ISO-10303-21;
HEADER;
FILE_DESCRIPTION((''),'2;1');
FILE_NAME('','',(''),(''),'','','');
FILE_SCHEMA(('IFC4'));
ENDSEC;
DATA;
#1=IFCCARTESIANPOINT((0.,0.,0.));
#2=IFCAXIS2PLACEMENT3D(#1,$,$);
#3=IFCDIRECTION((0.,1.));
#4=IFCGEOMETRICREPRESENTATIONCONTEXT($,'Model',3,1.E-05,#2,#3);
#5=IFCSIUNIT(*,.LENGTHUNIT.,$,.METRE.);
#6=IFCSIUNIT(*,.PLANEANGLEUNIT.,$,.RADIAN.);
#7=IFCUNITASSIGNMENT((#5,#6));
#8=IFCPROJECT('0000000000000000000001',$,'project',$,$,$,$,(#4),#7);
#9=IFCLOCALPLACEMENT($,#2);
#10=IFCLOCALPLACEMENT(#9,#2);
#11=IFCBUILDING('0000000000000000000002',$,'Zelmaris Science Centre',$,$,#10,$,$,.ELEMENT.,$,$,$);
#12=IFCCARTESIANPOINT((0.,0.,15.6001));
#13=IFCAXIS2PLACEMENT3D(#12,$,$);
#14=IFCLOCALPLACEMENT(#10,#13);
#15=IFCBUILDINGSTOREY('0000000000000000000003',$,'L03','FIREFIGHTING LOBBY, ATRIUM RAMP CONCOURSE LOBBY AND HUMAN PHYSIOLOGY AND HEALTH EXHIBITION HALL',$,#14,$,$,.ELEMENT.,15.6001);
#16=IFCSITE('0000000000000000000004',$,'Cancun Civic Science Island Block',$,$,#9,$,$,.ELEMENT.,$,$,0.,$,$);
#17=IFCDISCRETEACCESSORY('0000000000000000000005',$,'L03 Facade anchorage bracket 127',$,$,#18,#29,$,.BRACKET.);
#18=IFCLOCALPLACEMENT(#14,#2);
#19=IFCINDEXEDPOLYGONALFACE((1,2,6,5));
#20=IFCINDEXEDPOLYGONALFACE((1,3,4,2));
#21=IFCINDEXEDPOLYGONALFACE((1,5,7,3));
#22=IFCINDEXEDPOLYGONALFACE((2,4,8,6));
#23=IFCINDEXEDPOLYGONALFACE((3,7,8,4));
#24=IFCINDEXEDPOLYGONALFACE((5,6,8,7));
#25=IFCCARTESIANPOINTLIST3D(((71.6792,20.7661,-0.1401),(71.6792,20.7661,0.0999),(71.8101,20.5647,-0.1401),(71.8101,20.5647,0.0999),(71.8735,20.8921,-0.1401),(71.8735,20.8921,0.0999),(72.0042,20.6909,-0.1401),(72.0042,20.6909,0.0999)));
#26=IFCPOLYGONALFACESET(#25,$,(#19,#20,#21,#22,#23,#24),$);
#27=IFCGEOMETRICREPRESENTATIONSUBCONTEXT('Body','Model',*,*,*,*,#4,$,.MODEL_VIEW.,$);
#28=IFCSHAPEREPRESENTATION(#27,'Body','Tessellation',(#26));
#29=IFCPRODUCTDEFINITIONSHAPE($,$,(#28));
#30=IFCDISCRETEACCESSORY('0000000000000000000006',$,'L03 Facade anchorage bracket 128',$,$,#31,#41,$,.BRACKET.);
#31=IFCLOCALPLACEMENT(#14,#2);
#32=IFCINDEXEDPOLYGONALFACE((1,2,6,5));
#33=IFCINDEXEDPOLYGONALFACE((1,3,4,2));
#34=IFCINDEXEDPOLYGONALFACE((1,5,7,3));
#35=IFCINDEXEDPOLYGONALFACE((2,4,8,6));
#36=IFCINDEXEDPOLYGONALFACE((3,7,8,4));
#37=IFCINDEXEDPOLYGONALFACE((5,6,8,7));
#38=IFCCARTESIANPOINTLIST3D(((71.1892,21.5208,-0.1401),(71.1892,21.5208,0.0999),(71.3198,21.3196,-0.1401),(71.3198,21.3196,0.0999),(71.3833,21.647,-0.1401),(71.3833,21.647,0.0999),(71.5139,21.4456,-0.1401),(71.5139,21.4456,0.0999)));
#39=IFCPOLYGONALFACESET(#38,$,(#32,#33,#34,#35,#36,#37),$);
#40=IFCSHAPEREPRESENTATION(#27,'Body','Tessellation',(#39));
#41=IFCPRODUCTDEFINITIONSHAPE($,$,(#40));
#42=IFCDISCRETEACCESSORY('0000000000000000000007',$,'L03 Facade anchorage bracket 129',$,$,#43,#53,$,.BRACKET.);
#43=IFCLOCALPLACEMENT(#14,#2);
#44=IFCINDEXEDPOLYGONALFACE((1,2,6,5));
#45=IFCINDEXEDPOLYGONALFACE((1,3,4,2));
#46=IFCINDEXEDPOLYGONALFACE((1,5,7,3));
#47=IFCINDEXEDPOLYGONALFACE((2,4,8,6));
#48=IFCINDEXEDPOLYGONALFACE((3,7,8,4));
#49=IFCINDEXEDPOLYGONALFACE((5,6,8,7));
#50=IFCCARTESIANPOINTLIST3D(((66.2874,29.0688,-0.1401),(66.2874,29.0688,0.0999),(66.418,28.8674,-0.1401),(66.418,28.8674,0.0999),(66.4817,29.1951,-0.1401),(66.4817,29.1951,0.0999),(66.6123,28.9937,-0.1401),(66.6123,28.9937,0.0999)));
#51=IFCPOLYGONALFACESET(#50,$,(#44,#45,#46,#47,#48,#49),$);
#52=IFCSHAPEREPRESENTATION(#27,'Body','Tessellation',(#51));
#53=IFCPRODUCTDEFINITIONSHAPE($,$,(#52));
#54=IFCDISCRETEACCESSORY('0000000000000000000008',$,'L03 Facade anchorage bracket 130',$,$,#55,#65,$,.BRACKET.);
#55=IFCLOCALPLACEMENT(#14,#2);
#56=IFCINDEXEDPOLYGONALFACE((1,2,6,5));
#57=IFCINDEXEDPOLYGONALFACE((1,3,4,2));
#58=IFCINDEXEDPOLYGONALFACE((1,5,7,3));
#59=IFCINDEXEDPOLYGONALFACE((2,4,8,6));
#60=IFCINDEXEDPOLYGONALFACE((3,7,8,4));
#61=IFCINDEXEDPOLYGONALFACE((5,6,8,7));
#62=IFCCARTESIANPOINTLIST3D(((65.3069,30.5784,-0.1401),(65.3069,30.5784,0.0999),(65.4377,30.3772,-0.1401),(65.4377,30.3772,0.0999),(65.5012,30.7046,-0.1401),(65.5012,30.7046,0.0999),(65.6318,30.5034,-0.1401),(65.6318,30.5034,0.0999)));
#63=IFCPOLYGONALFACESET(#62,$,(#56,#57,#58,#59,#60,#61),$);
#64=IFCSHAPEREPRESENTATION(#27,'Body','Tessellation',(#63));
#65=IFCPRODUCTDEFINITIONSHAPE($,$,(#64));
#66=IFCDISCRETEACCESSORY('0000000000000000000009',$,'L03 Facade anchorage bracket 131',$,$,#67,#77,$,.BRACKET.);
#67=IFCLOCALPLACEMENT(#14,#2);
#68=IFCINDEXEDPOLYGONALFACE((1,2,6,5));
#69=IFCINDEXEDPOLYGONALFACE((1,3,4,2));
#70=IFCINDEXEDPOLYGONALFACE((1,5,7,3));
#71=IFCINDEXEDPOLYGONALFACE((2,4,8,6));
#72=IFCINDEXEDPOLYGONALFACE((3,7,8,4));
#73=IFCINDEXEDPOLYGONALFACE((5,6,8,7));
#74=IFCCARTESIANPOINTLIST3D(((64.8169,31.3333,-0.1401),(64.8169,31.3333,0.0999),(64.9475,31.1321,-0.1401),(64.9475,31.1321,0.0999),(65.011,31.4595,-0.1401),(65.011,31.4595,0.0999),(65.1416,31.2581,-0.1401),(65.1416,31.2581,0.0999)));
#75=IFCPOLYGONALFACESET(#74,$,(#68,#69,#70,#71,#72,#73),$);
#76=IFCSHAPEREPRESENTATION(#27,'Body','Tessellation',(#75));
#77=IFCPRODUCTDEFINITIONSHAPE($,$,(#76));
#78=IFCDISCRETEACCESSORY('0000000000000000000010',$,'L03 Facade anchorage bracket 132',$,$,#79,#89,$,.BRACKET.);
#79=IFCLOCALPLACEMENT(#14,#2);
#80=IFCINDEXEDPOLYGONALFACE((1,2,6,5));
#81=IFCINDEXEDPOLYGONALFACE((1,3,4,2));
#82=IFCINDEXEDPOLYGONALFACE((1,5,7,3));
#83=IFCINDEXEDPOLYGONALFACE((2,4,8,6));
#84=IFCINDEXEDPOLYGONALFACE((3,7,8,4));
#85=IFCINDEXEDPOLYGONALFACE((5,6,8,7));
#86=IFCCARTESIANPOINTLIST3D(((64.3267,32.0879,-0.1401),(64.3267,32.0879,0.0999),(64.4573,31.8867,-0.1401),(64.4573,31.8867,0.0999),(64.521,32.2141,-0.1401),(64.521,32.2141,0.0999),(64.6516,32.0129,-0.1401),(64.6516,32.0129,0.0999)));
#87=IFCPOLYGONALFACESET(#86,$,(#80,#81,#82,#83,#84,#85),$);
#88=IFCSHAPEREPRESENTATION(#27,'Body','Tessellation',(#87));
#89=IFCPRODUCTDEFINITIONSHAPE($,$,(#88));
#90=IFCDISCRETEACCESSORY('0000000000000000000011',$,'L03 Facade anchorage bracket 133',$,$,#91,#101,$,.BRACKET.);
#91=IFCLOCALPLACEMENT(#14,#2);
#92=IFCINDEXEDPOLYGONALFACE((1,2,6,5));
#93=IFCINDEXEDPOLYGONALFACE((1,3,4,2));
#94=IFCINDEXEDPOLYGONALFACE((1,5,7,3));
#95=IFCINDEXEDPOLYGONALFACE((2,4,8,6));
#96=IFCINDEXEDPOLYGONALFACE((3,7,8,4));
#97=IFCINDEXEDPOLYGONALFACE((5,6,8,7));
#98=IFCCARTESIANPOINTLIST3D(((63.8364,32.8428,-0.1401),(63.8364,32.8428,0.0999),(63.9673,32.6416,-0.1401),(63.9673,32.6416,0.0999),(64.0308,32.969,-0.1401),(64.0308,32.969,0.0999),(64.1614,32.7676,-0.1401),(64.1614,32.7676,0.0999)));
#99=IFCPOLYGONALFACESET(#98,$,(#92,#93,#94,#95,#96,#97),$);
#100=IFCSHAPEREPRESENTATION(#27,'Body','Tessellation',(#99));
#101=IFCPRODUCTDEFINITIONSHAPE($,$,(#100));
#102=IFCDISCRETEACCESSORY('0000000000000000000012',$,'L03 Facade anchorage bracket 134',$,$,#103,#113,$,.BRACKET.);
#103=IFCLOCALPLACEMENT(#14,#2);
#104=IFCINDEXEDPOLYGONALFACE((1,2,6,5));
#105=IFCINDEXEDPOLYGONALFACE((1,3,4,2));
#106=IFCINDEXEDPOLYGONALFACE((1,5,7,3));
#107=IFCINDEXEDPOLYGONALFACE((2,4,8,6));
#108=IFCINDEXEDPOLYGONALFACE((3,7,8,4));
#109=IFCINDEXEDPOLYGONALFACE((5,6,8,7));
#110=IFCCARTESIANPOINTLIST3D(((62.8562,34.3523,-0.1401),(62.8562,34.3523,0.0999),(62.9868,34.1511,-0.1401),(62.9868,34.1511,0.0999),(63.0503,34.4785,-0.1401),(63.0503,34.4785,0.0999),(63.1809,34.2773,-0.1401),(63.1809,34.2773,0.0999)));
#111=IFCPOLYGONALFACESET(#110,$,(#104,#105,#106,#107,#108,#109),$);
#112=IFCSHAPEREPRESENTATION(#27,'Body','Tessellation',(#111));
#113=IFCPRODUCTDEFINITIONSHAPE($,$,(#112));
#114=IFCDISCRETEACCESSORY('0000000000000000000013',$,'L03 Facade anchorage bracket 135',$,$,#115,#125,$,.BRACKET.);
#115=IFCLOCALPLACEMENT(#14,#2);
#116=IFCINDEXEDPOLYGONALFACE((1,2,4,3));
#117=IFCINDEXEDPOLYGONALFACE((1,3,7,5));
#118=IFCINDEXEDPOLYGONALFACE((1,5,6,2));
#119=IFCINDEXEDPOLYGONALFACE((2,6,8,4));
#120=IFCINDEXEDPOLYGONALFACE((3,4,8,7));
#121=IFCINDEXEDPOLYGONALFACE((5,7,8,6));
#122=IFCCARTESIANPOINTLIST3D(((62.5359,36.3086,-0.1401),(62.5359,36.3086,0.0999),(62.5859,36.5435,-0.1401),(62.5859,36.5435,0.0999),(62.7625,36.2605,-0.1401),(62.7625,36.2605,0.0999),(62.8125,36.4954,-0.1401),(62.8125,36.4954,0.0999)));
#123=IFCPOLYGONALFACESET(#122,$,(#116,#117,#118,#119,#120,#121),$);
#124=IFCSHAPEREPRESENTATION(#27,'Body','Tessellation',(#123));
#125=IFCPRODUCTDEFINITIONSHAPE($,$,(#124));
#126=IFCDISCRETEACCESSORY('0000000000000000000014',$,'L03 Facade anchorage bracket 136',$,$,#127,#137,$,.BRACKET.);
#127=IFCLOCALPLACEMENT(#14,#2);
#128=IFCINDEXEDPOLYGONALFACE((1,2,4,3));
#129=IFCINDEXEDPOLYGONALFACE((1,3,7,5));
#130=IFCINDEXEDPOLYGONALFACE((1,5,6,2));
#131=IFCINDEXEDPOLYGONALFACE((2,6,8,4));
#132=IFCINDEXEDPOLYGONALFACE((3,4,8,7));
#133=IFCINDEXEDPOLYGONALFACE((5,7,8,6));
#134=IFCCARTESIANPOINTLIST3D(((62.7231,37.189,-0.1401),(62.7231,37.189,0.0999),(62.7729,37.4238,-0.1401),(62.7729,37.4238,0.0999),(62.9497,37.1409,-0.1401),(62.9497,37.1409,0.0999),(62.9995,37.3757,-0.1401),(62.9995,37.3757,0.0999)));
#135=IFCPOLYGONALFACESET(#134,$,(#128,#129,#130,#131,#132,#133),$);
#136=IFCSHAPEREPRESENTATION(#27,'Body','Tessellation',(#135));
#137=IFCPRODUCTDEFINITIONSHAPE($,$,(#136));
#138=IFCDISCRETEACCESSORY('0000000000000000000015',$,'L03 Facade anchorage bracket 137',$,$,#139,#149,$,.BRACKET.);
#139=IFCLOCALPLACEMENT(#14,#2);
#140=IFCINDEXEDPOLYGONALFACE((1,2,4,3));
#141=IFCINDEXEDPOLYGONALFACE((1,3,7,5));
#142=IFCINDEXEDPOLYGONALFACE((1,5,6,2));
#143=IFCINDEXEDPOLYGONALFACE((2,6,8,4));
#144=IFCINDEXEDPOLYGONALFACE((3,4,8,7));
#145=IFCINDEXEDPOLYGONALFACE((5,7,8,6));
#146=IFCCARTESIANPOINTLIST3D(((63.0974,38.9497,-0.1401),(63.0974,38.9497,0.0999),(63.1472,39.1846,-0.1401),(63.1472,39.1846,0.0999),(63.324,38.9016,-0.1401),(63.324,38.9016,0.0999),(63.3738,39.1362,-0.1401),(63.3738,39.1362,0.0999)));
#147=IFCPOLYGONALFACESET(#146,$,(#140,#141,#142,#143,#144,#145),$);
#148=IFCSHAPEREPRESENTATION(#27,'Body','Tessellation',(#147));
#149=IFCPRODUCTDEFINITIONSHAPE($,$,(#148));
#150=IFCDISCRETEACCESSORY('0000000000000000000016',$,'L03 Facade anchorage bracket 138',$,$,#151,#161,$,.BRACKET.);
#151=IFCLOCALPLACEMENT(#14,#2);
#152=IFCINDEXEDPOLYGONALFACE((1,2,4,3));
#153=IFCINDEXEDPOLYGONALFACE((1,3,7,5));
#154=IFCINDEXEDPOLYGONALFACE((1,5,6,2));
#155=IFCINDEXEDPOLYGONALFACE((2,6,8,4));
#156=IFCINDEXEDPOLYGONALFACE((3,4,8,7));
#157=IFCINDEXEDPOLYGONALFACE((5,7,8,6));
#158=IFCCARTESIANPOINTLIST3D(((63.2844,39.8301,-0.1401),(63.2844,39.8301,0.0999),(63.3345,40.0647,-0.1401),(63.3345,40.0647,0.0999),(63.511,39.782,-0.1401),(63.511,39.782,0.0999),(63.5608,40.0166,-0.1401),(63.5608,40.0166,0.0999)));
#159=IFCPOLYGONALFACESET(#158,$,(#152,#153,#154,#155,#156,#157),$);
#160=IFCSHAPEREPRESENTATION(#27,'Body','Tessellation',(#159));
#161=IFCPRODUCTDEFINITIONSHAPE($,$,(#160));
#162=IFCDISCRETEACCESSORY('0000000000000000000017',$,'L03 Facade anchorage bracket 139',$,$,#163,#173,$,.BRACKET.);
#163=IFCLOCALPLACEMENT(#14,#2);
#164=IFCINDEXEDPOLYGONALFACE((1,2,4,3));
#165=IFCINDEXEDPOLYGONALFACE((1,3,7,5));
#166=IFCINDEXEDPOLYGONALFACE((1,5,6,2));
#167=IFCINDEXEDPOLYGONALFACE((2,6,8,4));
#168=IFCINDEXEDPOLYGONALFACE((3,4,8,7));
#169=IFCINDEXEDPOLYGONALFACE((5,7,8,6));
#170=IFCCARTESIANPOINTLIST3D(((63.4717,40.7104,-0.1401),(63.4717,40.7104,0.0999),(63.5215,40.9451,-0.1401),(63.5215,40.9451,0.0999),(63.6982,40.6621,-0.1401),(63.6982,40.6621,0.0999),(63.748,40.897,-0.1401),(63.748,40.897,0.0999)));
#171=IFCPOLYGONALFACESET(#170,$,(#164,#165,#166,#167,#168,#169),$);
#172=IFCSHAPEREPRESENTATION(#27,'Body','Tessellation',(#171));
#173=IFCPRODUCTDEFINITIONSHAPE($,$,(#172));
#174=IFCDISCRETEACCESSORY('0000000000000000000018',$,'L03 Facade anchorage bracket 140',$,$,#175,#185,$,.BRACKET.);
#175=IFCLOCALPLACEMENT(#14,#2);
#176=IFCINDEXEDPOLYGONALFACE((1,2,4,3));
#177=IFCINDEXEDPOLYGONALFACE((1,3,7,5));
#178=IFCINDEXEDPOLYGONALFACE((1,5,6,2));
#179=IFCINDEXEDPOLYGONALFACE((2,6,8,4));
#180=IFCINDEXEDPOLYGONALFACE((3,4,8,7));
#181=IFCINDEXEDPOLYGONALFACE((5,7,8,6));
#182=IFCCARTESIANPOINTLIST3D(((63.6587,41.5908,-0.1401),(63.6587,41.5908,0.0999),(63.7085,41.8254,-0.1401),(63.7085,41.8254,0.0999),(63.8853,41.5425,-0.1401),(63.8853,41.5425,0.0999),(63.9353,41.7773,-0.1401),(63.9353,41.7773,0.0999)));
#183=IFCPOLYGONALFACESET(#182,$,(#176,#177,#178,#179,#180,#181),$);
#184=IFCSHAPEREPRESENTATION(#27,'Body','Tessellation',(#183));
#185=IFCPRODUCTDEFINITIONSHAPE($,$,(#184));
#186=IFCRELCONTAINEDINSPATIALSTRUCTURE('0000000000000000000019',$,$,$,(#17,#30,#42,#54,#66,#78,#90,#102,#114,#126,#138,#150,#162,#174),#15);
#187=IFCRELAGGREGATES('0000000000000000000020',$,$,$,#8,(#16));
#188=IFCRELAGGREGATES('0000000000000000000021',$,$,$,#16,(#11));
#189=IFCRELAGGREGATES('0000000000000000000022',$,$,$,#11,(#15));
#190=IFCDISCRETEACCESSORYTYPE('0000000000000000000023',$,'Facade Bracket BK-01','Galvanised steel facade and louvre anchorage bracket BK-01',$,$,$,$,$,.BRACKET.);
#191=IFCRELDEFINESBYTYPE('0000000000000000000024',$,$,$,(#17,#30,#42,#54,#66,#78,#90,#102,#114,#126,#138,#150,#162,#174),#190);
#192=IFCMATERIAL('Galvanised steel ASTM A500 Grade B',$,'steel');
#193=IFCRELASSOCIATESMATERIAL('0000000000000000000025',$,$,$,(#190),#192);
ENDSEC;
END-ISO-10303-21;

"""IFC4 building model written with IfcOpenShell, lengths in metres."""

from ifc_helpers import new_model, si_unit, direction, frame, origin, place, context, subcontext, project, spatial, polyline, outline, extrude, material, type_object, element, save


model = new_model("IFC4")

# Units and contexts
model_context = context("Model", 3, precision=1e-05, world=origin(), true_north=direction((0.0, 1.0)))
body_context = subcontext(model_context, "Body", "Model", "MODEL_VIEW")
ifc_project = project(units=[si_unit("LENGTHUNIT", "METRE"), si_unit("PLANEANGLEUNIT", "RADIAN")], contexts=[model_context])

# Site, building, storey
site_placement = place(None, origin())
site = spatial("IfcSite", under=ifc_project, at=site_placement, Name="Cancun Civic Science Island Block", CompositionType="ELEMENT", RefElevation=0.0)
building_placement = place(site_placement, origin())
building = spatial("IfcBuilding", under=site, at=building_placement, Name="Zelmaris Science Centre", CompositionType="ELEMENT")
storey_placement = place(building_placement, frame((0.0, 0.0, 15.6001)))
storey = spatial("IfcBuildingStorey", under=building, at=storey_placement, Name="L03", Description="FIREFIGHTING LOBBY, ATRIUM RAMP CONCOURSE LOBBY AND HUMAN PHYSIOLOGY AND HEALTH EXHIBITION HALL", CompositionType="ELEMENT", Elevation=15.6001)

# Discrete accessories
ifc_material_1 = material(Name="Galvanised steel ASTM A500 Grade B", Category="steel")
discrete_accessory_type_1 = type_object("IfcDiscreteAccessoryType", Name="Facade Bracket BK-01", Description="Galvanised steel facade and louvre anchorage bracket BK-01", PredefinedType="BRACKET", material=ifc_material_1)
discrete_accessory_1_placement = place(storey_placement, frame((0.0, 0.0, -0.1401)))
element("IfcDiscreteAccessory", 1, at=discrete_accessory_1_placement, inside=storey, type_object=discrete_accessory_type_1, Name="L03 Facade anchorage bracket 127", PredefinedType="BRACKET", context=body_context, shape_type="SweptSolid", body=[
    extrude(outline(polyline([(72.0042, 20.6909), (71.8735, 20.8921), (71.6792, 20.7661), (71.8101, 20.5647), (72.0042, 20.6909)])), origin(), (0.0, 0.0, 1.0), 0.24),
])
discrete_accessory_2_placement = place(storey_placement, frame((0.0, 0.0, -0.1401)))
element("IfcDiscreteAccessory", 2, at=discrete_accessory_2_placement, inside=storey, type_object=discrete_accessory_type_1, Name="L03 Facade anchorage bracket 128", PredefinedType="BRACKET", context=body_context, shape_type="SweptSolid", body=[
    extrude(outline(polyline([(71.5139, 21.4456), (71.3833, 21.647), (71.1892, 21.5208), (71.3198, 21.3196), (71.5139, 21.4456)])), origin(), (0.0, 0.0, 1.0), 0.24),
])
discrete_accessory_3_placement = place(storey_placement, frame((0.0, 0.0, -0.1401)))
element("IfcDiscreteAccessory", 3, at=discrete_accessory_3_placement, inside=storey, type_object=discrete_accessory_type_1, Name="L03 Facade anchorage bracket 129", PredefinedType="BRACKET", context=body_context, shape_type="SweptSolid", body=[
    extrude(outline(polyline([(66.6123, 28.9937), (66.4817, 29.1951), (66.2874, 29.0688), (66.418, 28.8674), (66.6123, 28.9937)])), origin(), (0.0, 0.0, 1.0), 0.24),
])
discrete_accessory_4_placement = place(storey_placement, frame((0.0, 0.0, -0.1401)))
element("IfcDiscreteAccessory", 4, at=discrete_accessory_4_placement, inside=storey, type_object=discrete_accessory_type_1, Name="L03 Facade anchorage bracket 130", PredefinedType="BRACKET", context=body_context, shape_type="SweptSolid", body=[
    extrude(outline(polyline([(65.6318, 30.5034), (65.5012, 30.7046), (65.3069, 30.5784), (65.4377, 30.3772), (65.6318, 30.5034)])), origin(), (0.0, 0.0, 1.0), 0.24),
])
discrete_accessory_5_placement = place(storey_placement, frame((0.0, 0.0, -0.1401)))
element("IfcDiscreteAccessory", 5, at=discrete_accessory_5_placement, inside=storey, type_object=discrete_accessory_type_1, Name="L03 Facade anchorage bracket 131", PredefinedType="BRACKET", context=body_context, shape_type="SweptSolid", body=[
    extrude(outline(polyline([(65.1416, 31.2581), (65.011, 31.4595), (64.8169, 31.3333), (64.9475, 31.1321), (65.1416, 31.2581)])), origin(), (0.0, 0.0, 1.0), 0.24),
])
discrete_accessory_6_placement = place(storey_placement, frame((0.0, 0.0, -0.1401)))
element("IfcDiscreteAccessory", 6, at=discrete_accessory_6_placement, inside=storey, type_object=discrete_accessory_type_1, Name="L03 Facade anchorage bracket 132", PredefinedType="BRACKET", context=body_context, shape_type="SweptSolid", body=[
    extrude(outline(polyline([(64.6516, 32.0129), (64.521, 32.2141), (64.3267, 32.0879), (64.4573, 31.8867), (64.6516, 32.0129)])), origin(), (0.0, 0.0, 1.0), 0.24),
])
discrete_accessory_7_placement = place(storey_placement, frame((0.0, 0.0, -0.1401)))
element("IfcDiscreteAccessory", 7, at=discrete_accessory_7_placement, inside=storey, type_object=discrete_accessory_type_1, Name="L03 Facade anchorage bracket 133", PredefinedType="BRACKET", context=body_context, shape_type="SweptSolid", body=[
    extrude(outline(polyline([(64.1614, 32.7676), (64.0308, 32.969), (63.8364, 32.8428), (63.9673, 32.6416), (64.1614, 32.7676)])), origin(), (0.0, 0.0, 1.0), 0.24),
])
discrete_accessory_8_placement = place(storey_placement, frame((0.0, 0.0, -0.1401)))
element("IfcDiscreteAccessory", 8, at=discrete_accessory_8_placement, inside=storey, type_object=discrete_accessory_type_1, Name="L03 Facade anchorage bracket 134", PredefinedType="BRACKET", context=body_context, shape_type="SweptSolid", body=[
    extrude(outline(polyline([(63.1809, 34.2773), (63.0503, 34.4785), (62.8562, 34.3523), (62.9868, 34.1511), (63.1809, 34.2773)])), origin(), (0.0, 0.0, 1.0), 0.24),
])
discrete_accessory_9_placement = place(storey_placement, frame((0.0, 0.0, -0.1401)))
element("IfcDiscreteAccessory", 9, at=discrete_accessory_9_placement, inside=storey, type_object=discrete_accessory_type_1, Name="L03 Facade anchorage bracket 135", PredefinedType="BRACKET", context=body_context, shape_type="SweptSolid", body=[
    extrude(outline(polyline([(62.7625, 36.2605), (62.8125, 36.4954), (62.5859, 36.5435), (62.5359, 36.3086), (62.7625, 36.2605)])), origin(), (0.0, 0.0, 1.0), 0.24),
])
discrete_accessory_10_placement = place(storey_placement, frame((0.0, 0.0, -0.1401)))
element("IfcDiscreteAccessory", 10, at=discrete_accessory_10_placement, inside=storey, type_object=discrete_accessory_type_1, Name="L03 Facade anchorage bracket 136", PredefinedType="BRACKET", context=body_context, shape_type="SweptSolid", body=[
    extrude(outline(polyline([(62.9497, 37.1409), (62.9995, 37.3757), (62.7729, 37.4238), (62.7231, 37.189), (62.9497, 37.1409)])), origin(), (0.0, 0.0, 1.0), 0.24),
])
discrete_accessory_11_placement = place(storey_placement, frame((0.0, 0.0, -0.1401)))
element("IfcDiscreteAccessory", 11, at=discrete_accessory_11_placement, inside=storey, type_object=discrete_accessory_type_1, Name="L03 Facade anchorage bracket 137", PredefinedType="BRACKET", context=body_context, shape_type="SweptSolid", body=[
    extrude(outline(polyline([(63.324, 38.9016), (63.3738, 39.1362), (63.1472, 39.1846), (63.0974, 38.9497), (63.324, 38.9016)])), origin(), (0.0, 0.0, 1.0), 0.24),
])
discrete_accessory_12_placement = place(storey_placement, frame((0.0, 0.0, -0.1401)))
element("IfcDiscreteAccessory", 12, at=discrete_accessory_12_placement, inside=storey, type_object=discrete_accessory_type_1, Name="L03 Facade anchorage bracket 138", PredefinedType="BRACKET", context=body_context, shape_type="SweptSolid", body=[
    extrude(outline(polyline([(63.511, 39.782), (63.5608, 40.0166), (63.3345, 40.0647), (63.2844, 39.8301), (63.511, 39.782)])), origin(), (0.0, 0.0, 1.0), 0.24),
])
discrete_accessory_13_placement = place(storey_placement, frame((0.0, 0.0, -0.1401)))
element("IfcDiscreteAccessory", 13, at=discrete_accessory_13_placement, inside=storey, type_object=discrete_accessory_type_1, Name="L03 Facade anchorage bracket 139", PredefinedType="BRACKET", context=body_context, shape_type="SweptSolid", body=[
    extrude(outline(polyline([(63.6982, 40.6621), (63.748, 40.897), (63.5215, 40.9451), (63.4717, 40.7104), (63.6982, 40.6621)])), origin(), (0.0, 0.0, 1.0), 0.24),
])
discrete_accessory_14_placement = place(storey_placement, frame((0.0, 0.0, -0.1401)))
element("IfcDiscreteAccessory", 14, at=discrete_accessory_14_placement, inside=storey, type_object=discrete_accessory_type_1, Name="L03 Facade anchorage bracket 140", PredefinedType="BRACKET", context=body_context, shape_type="SweptSolid", body=[
    extrude(outline(polyline([(63.8853, 41.5425), (63.9353, 41.7773), (63.7085, 41.8254), (63.6587, 41.5908), (63.8853, 41.5425)])), origin(), (0.0, 0.0, 1.0), 0.24),
])

save(model, "model.ifc")
